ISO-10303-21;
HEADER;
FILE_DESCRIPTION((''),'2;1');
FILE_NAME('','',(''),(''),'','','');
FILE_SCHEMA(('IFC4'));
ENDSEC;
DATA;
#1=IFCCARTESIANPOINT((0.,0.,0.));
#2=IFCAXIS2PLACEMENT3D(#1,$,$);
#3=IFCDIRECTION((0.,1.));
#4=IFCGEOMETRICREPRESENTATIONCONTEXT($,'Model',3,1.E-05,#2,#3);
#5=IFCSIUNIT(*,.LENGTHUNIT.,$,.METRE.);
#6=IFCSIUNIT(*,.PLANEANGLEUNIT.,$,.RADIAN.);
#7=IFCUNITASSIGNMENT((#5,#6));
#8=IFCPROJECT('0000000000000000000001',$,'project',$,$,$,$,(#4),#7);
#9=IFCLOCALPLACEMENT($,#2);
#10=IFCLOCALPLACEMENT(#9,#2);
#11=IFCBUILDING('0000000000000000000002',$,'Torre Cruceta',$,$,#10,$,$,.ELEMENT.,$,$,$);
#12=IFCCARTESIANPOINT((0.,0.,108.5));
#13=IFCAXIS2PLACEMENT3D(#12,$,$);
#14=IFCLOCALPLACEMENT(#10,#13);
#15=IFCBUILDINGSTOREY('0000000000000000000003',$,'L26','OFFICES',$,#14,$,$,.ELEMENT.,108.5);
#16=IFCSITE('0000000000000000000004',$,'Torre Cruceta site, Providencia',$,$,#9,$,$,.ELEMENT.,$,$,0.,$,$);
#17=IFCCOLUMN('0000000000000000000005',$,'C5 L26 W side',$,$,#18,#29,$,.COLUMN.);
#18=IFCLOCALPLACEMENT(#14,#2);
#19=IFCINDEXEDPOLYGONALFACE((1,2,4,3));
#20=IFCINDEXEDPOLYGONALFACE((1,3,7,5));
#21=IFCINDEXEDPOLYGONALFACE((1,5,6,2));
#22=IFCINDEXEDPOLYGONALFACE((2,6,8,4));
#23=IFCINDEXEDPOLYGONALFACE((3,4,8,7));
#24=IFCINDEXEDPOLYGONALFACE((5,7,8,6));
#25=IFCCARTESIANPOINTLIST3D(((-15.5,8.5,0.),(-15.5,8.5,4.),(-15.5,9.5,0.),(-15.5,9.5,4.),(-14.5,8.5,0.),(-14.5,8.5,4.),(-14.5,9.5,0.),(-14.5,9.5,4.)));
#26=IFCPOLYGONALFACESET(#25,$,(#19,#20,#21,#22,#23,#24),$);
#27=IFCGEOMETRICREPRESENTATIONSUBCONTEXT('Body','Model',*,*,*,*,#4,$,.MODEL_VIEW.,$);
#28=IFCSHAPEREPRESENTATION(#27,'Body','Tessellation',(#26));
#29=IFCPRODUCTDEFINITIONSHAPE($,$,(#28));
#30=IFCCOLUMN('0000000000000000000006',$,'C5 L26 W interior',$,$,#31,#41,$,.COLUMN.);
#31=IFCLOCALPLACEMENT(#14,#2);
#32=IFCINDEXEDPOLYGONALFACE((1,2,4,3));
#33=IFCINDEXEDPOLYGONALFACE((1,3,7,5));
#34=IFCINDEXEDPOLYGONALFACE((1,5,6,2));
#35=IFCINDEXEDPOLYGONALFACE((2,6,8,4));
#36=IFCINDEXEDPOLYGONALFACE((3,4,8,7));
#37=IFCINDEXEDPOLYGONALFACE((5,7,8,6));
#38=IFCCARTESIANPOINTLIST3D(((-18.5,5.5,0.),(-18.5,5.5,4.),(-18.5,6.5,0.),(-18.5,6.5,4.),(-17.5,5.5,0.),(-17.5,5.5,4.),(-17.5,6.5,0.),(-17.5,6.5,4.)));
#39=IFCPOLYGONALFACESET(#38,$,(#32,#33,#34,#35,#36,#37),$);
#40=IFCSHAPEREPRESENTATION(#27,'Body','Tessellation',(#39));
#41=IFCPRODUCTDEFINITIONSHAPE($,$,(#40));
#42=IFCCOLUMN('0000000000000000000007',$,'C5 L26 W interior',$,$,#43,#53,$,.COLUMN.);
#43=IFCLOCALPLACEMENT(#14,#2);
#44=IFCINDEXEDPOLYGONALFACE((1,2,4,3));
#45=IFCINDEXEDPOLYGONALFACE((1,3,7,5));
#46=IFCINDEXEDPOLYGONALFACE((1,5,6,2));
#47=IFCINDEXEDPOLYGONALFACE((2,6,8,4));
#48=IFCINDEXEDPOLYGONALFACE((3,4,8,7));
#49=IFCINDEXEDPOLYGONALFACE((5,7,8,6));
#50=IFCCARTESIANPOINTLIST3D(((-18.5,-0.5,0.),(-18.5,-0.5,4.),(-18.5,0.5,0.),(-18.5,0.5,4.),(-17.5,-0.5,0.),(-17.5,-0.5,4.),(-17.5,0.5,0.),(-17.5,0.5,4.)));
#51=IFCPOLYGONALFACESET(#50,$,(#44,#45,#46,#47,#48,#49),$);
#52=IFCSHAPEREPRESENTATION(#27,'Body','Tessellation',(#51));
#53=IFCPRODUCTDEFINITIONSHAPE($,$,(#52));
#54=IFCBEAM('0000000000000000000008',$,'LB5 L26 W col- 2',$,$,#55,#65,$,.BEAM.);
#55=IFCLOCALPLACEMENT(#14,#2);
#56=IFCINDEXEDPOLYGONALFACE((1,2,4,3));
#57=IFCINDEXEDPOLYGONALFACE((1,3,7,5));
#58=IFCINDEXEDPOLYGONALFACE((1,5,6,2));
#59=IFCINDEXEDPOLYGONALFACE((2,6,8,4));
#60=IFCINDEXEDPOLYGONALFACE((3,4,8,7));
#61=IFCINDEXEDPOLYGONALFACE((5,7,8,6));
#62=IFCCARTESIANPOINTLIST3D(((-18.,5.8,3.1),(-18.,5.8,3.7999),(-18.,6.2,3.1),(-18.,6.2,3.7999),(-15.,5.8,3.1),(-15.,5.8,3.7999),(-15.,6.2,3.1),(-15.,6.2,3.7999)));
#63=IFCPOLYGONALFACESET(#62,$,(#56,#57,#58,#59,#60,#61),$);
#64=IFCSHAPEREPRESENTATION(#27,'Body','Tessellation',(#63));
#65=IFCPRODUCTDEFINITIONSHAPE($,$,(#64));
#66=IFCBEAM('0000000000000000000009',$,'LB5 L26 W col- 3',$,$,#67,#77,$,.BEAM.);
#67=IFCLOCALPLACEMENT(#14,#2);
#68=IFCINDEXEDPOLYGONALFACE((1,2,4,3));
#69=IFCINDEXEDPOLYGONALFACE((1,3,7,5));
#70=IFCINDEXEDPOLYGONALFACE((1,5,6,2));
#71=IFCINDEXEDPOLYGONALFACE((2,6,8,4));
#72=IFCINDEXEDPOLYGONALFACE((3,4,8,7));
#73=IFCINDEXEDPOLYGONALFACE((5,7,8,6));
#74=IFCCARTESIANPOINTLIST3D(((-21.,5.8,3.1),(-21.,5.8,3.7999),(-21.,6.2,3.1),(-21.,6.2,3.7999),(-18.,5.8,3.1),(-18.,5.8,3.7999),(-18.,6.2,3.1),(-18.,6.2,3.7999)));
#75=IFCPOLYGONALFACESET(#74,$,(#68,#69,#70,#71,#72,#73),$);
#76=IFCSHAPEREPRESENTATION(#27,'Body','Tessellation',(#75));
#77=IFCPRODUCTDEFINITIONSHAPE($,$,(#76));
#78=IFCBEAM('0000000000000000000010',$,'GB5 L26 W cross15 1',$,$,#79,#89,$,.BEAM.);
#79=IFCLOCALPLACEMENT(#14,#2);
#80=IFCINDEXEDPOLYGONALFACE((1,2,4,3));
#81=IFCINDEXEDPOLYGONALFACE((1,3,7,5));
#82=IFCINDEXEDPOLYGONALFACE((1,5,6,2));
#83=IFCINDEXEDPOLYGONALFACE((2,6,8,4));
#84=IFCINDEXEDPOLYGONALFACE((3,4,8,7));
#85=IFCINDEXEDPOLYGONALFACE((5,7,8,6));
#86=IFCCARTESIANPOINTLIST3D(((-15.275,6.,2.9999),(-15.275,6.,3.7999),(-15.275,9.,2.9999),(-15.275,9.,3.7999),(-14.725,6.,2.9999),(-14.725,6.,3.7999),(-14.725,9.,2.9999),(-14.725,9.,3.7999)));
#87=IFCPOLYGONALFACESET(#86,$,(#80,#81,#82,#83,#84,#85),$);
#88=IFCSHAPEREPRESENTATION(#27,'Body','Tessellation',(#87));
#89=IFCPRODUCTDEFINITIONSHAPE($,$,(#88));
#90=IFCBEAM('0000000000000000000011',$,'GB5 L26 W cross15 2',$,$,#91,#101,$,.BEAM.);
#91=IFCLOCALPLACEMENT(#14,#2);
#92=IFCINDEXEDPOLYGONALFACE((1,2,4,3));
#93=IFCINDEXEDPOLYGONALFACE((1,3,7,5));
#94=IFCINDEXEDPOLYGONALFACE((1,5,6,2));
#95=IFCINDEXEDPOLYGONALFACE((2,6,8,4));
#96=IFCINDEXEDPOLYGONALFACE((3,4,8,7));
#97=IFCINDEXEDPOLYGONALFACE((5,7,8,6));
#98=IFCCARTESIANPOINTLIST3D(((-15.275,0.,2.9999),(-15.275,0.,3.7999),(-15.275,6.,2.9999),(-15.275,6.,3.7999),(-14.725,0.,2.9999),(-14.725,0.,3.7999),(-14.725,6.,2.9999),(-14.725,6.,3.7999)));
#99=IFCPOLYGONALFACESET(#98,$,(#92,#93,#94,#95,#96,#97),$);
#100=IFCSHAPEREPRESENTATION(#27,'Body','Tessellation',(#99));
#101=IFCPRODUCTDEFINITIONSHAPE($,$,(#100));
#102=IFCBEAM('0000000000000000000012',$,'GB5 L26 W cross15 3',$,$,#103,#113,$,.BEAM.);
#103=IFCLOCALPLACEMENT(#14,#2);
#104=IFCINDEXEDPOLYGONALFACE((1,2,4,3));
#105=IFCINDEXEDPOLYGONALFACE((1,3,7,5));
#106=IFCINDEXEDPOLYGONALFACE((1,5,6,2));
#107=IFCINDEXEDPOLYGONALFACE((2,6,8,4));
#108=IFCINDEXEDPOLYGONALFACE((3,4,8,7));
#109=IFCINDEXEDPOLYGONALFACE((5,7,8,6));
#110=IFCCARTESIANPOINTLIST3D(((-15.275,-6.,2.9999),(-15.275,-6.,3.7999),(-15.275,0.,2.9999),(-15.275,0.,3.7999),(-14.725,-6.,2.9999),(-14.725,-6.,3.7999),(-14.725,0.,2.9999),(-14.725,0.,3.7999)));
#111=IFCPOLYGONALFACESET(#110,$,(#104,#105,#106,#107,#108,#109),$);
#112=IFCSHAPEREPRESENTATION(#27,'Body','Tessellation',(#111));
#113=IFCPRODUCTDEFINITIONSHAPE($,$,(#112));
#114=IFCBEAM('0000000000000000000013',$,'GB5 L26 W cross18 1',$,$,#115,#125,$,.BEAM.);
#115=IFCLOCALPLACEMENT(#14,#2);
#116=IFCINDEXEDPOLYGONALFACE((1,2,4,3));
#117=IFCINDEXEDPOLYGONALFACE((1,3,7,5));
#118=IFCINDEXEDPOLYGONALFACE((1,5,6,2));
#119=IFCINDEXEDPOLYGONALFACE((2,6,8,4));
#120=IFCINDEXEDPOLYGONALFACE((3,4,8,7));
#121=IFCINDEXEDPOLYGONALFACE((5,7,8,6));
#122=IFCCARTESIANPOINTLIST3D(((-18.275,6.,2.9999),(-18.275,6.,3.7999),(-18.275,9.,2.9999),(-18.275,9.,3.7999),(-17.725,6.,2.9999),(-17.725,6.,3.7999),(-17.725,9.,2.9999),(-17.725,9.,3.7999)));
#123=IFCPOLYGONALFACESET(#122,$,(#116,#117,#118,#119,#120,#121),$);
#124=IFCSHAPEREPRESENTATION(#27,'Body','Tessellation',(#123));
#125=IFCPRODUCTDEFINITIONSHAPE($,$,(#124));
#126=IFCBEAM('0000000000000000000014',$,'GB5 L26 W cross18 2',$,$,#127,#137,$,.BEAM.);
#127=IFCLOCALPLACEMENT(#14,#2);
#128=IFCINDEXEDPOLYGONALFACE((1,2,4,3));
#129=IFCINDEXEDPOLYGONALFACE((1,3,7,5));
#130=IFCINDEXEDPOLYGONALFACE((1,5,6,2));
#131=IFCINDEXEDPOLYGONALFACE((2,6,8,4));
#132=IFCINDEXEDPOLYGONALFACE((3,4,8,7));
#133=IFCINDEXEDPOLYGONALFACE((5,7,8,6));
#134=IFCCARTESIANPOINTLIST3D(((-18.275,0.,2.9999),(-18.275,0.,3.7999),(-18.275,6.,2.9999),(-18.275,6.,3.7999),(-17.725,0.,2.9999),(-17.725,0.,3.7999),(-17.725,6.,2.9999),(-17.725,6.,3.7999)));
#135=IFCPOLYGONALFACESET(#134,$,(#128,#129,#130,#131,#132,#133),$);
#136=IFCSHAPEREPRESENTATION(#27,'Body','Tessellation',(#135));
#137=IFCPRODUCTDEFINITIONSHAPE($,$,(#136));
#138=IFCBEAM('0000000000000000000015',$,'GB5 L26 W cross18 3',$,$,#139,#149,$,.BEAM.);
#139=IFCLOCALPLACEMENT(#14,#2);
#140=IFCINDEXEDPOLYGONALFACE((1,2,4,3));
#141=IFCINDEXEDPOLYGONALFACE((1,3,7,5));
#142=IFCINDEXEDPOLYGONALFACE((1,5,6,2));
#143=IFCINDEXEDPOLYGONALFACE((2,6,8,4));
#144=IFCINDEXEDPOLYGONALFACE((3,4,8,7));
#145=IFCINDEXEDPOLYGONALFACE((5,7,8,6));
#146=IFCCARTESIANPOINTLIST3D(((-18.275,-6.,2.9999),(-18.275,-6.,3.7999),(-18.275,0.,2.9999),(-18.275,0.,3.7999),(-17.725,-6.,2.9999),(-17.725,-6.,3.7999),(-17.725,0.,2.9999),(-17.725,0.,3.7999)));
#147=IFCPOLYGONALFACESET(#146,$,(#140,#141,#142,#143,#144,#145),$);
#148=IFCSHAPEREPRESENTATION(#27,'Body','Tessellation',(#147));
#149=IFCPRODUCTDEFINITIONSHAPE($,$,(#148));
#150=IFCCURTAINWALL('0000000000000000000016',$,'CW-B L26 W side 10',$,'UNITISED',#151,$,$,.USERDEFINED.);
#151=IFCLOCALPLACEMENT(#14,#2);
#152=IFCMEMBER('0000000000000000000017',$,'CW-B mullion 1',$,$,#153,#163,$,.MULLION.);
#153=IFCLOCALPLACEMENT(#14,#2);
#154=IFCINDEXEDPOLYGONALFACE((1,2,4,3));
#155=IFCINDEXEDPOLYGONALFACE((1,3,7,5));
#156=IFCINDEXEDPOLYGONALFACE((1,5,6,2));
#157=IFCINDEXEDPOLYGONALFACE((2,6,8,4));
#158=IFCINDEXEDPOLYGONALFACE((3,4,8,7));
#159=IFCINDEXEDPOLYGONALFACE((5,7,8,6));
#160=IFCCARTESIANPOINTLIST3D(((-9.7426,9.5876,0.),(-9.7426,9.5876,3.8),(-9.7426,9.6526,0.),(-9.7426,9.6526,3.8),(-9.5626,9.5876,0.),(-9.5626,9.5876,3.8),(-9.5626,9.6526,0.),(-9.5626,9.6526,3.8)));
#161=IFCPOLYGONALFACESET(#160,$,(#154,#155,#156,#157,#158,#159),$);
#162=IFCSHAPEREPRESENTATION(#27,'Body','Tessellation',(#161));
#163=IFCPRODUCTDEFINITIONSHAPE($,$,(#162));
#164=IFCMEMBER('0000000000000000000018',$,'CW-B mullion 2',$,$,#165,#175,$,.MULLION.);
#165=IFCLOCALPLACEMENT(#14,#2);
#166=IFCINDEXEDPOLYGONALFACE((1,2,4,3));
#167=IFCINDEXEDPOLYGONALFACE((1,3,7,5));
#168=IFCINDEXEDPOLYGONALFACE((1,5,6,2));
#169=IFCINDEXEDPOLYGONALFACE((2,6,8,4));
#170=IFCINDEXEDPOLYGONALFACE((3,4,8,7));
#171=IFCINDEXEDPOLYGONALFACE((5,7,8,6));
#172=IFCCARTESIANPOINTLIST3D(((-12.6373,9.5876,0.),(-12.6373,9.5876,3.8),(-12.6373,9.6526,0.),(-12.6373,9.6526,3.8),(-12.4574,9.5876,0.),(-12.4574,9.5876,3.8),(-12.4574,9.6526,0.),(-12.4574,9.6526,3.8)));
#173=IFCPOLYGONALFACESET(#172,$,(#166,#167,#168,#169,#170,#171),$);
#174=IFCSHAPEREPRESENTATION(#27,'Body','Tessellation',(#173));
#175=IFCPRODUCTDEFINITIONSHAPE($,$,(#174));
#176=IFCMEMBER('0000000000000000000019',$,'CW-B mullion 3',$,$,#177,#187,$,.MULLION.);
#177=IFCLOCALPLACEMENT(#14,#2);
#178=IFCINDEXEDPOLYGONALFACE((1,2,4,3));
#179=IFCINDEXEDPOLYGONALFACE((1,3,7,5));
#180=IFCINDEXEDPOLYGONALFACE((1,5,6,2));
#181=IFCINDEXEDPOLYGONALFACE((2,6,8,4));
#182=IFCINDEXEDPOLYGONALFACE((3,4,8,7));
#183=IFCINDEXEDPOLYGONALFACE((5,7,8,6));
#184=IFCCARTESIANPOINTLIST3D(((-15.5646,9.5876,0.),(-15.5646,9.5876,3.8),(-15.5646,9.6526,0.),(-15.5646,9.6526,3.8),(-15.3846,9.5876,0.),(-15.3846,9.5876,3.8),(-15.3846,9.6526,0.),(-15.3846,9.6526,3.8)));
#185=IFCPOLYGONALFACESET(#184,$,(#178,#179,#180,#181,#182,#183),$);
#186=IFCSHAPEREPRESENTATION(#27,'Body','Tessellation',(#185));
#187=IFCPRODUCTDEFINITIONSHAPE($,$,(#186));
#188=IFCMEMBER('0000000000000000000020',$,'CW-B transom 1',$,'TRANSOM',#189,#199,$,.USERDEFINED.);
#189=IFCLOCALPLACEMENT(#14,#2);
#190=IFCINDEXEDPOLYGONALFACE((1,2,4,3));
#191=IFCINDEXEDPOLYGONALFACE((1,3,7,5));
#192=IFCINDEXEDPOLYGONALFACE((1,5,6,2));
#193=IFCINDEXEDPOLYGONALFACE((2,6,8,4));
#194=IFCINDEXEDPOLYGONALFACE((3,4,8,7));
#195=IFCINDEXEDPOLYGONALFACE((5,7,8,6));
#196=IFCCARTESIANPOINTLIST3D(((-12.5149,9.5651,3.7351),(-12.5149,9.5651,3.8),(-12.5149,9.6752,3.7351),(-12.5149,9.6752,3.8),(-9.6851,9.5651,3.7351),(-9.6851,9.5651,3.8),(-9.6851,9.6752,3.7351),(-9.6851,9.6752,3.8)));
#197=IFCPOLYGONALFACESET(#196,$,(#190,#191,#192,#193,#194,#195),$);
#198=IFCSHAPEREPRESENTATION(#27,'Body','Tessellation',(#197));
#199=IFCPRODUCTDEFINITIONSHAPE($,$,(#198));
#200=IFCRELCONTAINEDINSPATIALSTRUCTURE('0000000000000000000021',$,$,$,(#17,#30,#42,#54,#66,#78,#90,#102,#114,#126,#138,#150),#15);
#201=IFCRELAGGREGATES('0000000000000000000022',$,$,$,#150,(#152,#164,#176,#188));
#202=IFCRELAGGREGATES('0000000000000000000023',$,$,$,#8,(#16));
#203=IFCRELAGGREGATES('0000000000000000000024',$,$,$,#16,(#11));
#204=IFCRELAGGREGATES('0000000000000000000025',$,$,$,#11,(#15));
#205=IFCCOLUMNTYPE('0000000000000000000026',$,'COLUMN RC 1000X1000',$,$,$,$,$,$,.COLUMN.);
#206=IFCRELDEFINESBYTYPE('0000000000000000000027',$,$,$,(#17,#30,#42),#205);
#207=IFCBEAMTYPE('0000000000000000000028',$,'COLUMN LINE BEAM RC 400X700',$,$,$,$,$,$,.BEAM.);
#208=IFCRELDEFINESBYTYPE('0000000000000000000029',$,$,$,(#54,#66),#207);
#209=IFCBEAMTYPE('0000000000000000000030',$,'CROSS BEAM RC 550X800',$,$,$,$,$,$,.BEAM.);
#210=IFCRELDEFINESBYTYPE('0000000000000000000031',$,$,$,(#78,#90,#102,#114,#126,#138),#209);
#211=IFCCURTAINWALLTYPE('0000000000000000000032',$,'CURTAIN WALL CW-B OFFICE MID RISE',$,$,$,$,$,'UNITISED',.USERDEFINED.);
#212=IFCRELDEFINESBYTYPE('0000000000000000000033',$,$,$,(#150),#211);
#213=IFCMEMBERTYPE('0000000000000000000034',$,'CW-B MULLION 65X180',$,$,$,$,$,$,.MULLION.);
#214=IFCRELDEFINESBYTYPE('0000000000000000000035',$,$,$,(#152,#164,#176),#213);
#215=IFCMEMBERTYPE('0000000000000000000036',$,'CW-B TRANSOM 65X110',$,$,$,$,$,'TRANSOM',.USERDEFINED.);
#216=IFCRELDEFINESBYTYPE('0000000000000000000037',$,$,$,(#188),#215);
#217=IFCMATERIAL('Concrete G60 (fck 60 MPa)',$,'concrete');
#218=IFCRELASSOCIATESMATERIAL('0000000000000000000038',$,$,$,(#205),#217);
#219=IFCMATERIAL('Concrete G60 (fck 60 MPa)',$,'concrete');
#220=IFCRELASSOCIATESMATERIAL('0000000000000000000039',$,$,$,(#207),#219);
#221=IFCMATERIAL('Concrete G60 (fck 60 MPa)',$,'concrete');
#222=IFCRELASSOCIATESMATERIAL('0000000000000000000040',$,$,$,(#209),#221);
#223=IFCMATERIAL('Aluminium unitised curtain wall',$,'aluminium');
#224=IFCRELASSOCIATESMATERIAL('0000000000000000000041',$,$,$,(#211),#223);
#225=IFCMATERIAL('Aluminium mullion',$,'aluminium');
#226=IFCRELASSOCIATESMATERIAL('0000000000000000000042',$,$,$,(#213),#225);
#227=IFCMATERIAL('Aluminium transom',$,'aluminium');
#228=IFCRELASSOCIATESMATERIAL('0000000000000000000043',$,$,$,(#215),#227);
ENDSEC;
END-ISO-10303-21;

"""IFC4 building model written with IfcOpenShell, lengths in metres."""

from ifc_helpers import new_model, si_unit, direction, frame, origin, origin_2d, place, context, subcontext, project, spatial, rectangle, extrude, material, material_profile, profile_set, type_object, element, aggregate, save


model = new_model("IFC4")

# Units and contexts
model_context = context("Model", 3, precision=1e-05, world=origin(), true_north=direction((0.0, 1.0)))
body_context = subcontext(model_context, "Body", "Model", "MODEL_VIEW")
ifc_project = project(units=[si_unit("LENGTHUNIT", "METRE"), si_unit("PLANEANGLEUNIT", "RADIAN")], contexts=[model_context])

# Site, building, storey
site_placement = place(None, origin())
site = spatial("IfcSite", under=ifc_project, at=site_placement, Name="Torre Cruceta site, Providencia", CompositionType="ELEMENT", RefElevation=0.0)
building_placement = place(site_placement, origin())
building = spatial("IfcBuilding", under=site, at=building_placement, Name="Torre Cruceta", CompositionType="ELEMENT")
storey_placement = place(building_placement, frame((0.0, 0.0, 108.5)))
storey = spatial("IfcBuildingStorey", under=building, at=storey_placement, Name="L26", Description="OFFICES", CompositionType="ELEMENT", Elevation=108.5)

# Columns
ifc_material_1 = material(Name="Concrete G60 (fck 60 MPa)", Category="concrete")
ifc_material_profile_1 = material_profile(ifc_material_1, rectangle(XDim=1.0, YDim=1.0, at=origin_2d()), Name="RC 1000X1000")
ifc_profile_set_1 = profile_set([ifc_material_profile_1], Name="Concrete G60 (fck 60 MPa)")
column_type = type_object("IfcColumnType", Name="COLUMN RC 1000X1000", PredefinedType="COLUMN", material=ifc_profile_set_1)
for number, where, z_axis, x_axis, name in (
    (1, (-15.0, 9.0, 0.0), (0.0, 0.0, 1.0), (1.0, 0.0, 0.0), "C5 L26 W side"),
    (2, (-18.0, 6.0, 0.0), (0.0, 0.0, 1.0), (1.0, 0.0, 0.0), "C5 L26 W interior"),
    (3, (-18.0, 0.0, 0.0), (0.0, 0.0, 1.0), (1.0, 0.0, 0.0), "C5 L26 W interior"),
):
    element("IfcColumn", number, at=place(storey_placement, frame(where, z_axis=z_axis, x_axis=x_axis)), inside=storey, type_object=column_type, Name=name, PredefinedType="COLUMN", context=body_context, shape_type="SweptSolid", body=[
        extrude(rectangle(XDim=1.0, YDim=1.0, at=origin_2d()), origin(), (0.0, 0.0, 1.0), 4.0),
    ])

# Beams
ifc_material_2 = material(Name="Concrete G60 (fck 60 MPa)", Category="concrete")
ifc_material_profile_2 = material_profile(ifc_material_2, rectangle(XDim=0.3999, YDim=0.7, at=origin_2d()), Name="RC 400X700")
ifc_profile_set_2 = profile_set([ifc_material_profile_2], Name="Concrete G60 (fck 60 MPa)")
beam_type_1 = type_object("IfcBeamType", Name="COLUMN LINE BEAM RC 400X700", PredefinedType="BEAM", material=ifc_profile_set_2)
for number, where, z_axis, x_axis, name in (
    (4, (-15.0, 6.0, 3.45), (-1.0, 0.0, 0.0), (0.0, -1.0, 0.0), "LB5 L26 W col- 2"),
    (5, (-18.0, 6.0, 3.45), (-1.0, 0.0, 0.0), (0.0, -1.0, 0.0), "LB5 L26 W col- 3"),
):
    element("IfcBeam", number, at=place(storey_placement, frame(where, z_axis=z_axis, x_axis=x_axis)), inside=storey, type_object=beam_type_1, Name=name, PredefinedType="BEAM", context=body_context, shape_type="SweptSolid", body=[
        extrude(rectangle(XDim=0.3999, YDim=0.7, at=origin_2d()), origin(), (0.0, 0.0, 1.0), 3.0),
    ])
ifc_material_3 = material(Name="Concrete G60 (fck 60 MPa)", Category="concrete")
ifc_material_profile_3 = material_profile(ifc_material_3, rectangle(XDim=0.55, YDim=0.8, at=origin_2d()), Name="RC 550X800")
ifc_profile_set_3 = profile_set([ifc_material_profile_3], Name="Concrete G60 (fck 60 MPa)")
beam_type_2 = type_object("IfcBeamType", Name="CROSS BEAM RC 550X800", PredefinedType="BEAM", material=ifc_profile_set_3)
beam_1_placement = place(storey_placement, frame((-15.0, 9.0, 3.3999), z_axis=(0.0, -1.0, 0.0), x_axis=(1.0, 0.0, 0.0)))
element("IfcBeam", 6, at=beam_1_placement, inside=storey, type_object=beam_type_2, Name="GB5 L26 W cross15 1", PredefinedType="BEAM", context=body_context, shape_type="SweptSolid", body=[
    extrude(rectangle(XDim=0.55, YDim=0.8, at=origin_2d()), origin(), (0.0, 0.0, 1.0), 3.0),
])
for number, where, z_axis, x_axis, name in (
    (7, (-15.0, 6.0, 3.3999), (0.0, -1.0, 0.0), (1.0, 0.0, 0.0), "GB5 L26 W cross15 2"),
    (8, (-15.0, 0.0, 3.3999), (0.0, -1.0, 0.0), (1.0, 0.0, 0.0), "GB5 L26 W cross15 3"),
):
    element("IfcBeam", number, at=place(storey_placement, frame(where, z_axis=z_axis, x_axis=x_axis)), inside=storey, type_object=beam_type_2, Name=name, PredefinedType="BEAM", context=body_context, shape_type="SweptSolid", body=[
        extrude(rectangle(XDim=0.55, YDim=0.8, at=origin_2d()), origin(), (0.0, 0.0, 1.0), 6.0),
    ])
beam_2_placement = place(storey_placement, frame((-18.0, 9.0, 3.3999), z_axis=(0.0, -1.0, 0.0), x_axis=(1.0, 0.0, 0.0)))
element("IfcBeam", 9, at=beam_2_placement, inside=storey, type_object=beam_type_2, Name="GB5 L26 W cross18 1", PredefinedType="BEAM", context=body_context, shape_type="SweptSolid", body=[
    extrude(rectangle(XDim=0.55, YDim=0.8, at=origin_2d()), origin(), (0.0, 0.0, 1.0), 3.0),
])
for number, where, z_axis, x_axis, name in (
    (10, (-18.0, 6.0, 3.3999), (0.0, -1.0, 0.0), (1.0, 0.0, 0.0), "GB5 L26 W cross18 2"),
    (11, (-18.0, 0.0, 3.3999), (0.0, -1.0, 0.0), (1.0, 0.0, 0.0), "GB5 L26 W cross18 3"),
):
    element("IfcBeam", number, at=place(storey_placement, frame(where, z_axis=z_axis, x_axis=x_axis)), inside=storey, type_object=beam_type_2, Name=name, PredefinedType="BEAM", context=body_context, shape_type="SweptSolid", body=[
        extrude(rectangle(XDim=0.55, YDim=0.8, at=origin_2d()), origin(), (0.0, 0.0, 1.0), 6.0),
    ])

# Curtain wall, members
ifc_material_4 = material(Name="Aluminium unitised curtain wall", Category="aluminium")
curtain_wall_type = type_object("IfcCurtainWallType", Name="CURTAIN WALL CW-B OFFICE MID RISE", ElementType="UNITISED", PredefinedType="USERDEFINED", material=ifc_material_4)
curtain_wall_placement = place(storey_placement, origin())
curtain_wall = element("IfcCurtainWall", 12, at=curtain_wall_placement, inside=storey, type_object=curtain_wall_type, Name="CW-B L26 W side 10", ObjectType="UNITISED", PredefinedType="USERDEFINED")
ifc_material_5 = material(Name="Aluminium mullion", Category="aluminium")
ifc_material_profile_4 = material_profile(ifc_material_5, rectangle(XDim=0.0649, YDim=0.1799, at=origin_2d()), Name="AL 65X180")
ifc_profile_set_4 = profile_set([ifc_material_profile_4], Name="Aluminium mullion")
member_type_1 = type_object("IfcMemberType", Name="CW-B MULLION 65X180", PredefinedType="MULLION", material=ifc_profile_set_4)
member_1_placement = place(storey_placement, frame((-9.6526, 9.6201, 0.0), z_axis=(0.0, 0.0, 1.0), x_axis=(0.0, -1.0, 0.0)))
member_1 = element("IfcMember", 13, at=member_1_placement, type_object=member_type_1, Name="CW-B mullion 1", PredefinedType="MULLION", context=body_context, shape_type="SweptSolid", body=[
    extrude(rectangle(XDim=0.0649, YDim=0.1799, at=origin_2d()), origin(), (0.0, 0.0, 1.0), 3.8),
])
member_2_placement = place(storey_placement, frame((-12.5474, 9.6201, 0.0), z_axis=(0.0, 0.0, 1.0), x_axis=(0.0, -1.0, 0.0)))
member_2 = element("IfcMember", 14, at=member_2_placement, type_object=member_type_1, Name="CW-B mullion 2", PredefinedType="MULLION", context=body_context, shape_type="SweptSolid", body=[
    extrude(rectangle(XDim=0.0649, YDim=0.1799, at=origin_2d()), origin(), (0.0, 0.0, 1.0), 3.8),
])
member_3_placement = place(storey_placement, frame((-15.4746, 9.6201, 0.0), z_axis=(0.0, 0.0, 1.0), x_axis=(0.0, -1.0, 0.0)))
member_3 = element("IfcMember", 15, at=member_3_placement, type_object=member_type_1, Name="CW-B mullion 3", PredefinedType="MULLION", context=body_context, shape_type="SweptSolid", body=[
    extrude(rectangle(XDim=0.0649, YDim=0.1799, at=origin_2d()), origin(), (0.0, 0.0, 1.0), 3.8),
])
ifc_material_6 = material(Name="Aluminium transom", Category="aluminium")
ifc_material_profile_5 = material_profile(ifc_material_6, rectangle(XDim=0.1101, YDim=0.0649, at=origin_2d()), Name="AL 110X65")
ifc_profile_set_5 = profile_set([ifc_material_profile_5], Name="Aluminium transom")
member_type_2 = type_object("IfcMemberType", Name="CW-B TRANSOM 65X110", ElementType="TRANSOM", PredefinedType="USERDEFINED", material=ifc_profile_set_5)
member_4_placement = place(storey_placement, frame((-9.6851, 9.6201, 3.7676), z_axis=(-1.0, 0.0, 0.0), x_axis=(0.0, -1.0, 0.0)))
member_4 = element("IfcMember", 16, at=member_4_placement, type_object=member_type_2, Name="CW-B transom 1", ObjectType="TRANSOM", PredefinedType="USERDEFINED", context=body_context, shape_type="SweptSolid", body=[
    extrude(rectangle(XDim=0.1101, YDim=0.0649, at=origin_2d()), origin(), (0.0, 0.0, 1.0), 2.8298),
])

aggregate(curtain_wall, [member_1, member_2, member_3, member_4])

save(model, "model.ifc")
